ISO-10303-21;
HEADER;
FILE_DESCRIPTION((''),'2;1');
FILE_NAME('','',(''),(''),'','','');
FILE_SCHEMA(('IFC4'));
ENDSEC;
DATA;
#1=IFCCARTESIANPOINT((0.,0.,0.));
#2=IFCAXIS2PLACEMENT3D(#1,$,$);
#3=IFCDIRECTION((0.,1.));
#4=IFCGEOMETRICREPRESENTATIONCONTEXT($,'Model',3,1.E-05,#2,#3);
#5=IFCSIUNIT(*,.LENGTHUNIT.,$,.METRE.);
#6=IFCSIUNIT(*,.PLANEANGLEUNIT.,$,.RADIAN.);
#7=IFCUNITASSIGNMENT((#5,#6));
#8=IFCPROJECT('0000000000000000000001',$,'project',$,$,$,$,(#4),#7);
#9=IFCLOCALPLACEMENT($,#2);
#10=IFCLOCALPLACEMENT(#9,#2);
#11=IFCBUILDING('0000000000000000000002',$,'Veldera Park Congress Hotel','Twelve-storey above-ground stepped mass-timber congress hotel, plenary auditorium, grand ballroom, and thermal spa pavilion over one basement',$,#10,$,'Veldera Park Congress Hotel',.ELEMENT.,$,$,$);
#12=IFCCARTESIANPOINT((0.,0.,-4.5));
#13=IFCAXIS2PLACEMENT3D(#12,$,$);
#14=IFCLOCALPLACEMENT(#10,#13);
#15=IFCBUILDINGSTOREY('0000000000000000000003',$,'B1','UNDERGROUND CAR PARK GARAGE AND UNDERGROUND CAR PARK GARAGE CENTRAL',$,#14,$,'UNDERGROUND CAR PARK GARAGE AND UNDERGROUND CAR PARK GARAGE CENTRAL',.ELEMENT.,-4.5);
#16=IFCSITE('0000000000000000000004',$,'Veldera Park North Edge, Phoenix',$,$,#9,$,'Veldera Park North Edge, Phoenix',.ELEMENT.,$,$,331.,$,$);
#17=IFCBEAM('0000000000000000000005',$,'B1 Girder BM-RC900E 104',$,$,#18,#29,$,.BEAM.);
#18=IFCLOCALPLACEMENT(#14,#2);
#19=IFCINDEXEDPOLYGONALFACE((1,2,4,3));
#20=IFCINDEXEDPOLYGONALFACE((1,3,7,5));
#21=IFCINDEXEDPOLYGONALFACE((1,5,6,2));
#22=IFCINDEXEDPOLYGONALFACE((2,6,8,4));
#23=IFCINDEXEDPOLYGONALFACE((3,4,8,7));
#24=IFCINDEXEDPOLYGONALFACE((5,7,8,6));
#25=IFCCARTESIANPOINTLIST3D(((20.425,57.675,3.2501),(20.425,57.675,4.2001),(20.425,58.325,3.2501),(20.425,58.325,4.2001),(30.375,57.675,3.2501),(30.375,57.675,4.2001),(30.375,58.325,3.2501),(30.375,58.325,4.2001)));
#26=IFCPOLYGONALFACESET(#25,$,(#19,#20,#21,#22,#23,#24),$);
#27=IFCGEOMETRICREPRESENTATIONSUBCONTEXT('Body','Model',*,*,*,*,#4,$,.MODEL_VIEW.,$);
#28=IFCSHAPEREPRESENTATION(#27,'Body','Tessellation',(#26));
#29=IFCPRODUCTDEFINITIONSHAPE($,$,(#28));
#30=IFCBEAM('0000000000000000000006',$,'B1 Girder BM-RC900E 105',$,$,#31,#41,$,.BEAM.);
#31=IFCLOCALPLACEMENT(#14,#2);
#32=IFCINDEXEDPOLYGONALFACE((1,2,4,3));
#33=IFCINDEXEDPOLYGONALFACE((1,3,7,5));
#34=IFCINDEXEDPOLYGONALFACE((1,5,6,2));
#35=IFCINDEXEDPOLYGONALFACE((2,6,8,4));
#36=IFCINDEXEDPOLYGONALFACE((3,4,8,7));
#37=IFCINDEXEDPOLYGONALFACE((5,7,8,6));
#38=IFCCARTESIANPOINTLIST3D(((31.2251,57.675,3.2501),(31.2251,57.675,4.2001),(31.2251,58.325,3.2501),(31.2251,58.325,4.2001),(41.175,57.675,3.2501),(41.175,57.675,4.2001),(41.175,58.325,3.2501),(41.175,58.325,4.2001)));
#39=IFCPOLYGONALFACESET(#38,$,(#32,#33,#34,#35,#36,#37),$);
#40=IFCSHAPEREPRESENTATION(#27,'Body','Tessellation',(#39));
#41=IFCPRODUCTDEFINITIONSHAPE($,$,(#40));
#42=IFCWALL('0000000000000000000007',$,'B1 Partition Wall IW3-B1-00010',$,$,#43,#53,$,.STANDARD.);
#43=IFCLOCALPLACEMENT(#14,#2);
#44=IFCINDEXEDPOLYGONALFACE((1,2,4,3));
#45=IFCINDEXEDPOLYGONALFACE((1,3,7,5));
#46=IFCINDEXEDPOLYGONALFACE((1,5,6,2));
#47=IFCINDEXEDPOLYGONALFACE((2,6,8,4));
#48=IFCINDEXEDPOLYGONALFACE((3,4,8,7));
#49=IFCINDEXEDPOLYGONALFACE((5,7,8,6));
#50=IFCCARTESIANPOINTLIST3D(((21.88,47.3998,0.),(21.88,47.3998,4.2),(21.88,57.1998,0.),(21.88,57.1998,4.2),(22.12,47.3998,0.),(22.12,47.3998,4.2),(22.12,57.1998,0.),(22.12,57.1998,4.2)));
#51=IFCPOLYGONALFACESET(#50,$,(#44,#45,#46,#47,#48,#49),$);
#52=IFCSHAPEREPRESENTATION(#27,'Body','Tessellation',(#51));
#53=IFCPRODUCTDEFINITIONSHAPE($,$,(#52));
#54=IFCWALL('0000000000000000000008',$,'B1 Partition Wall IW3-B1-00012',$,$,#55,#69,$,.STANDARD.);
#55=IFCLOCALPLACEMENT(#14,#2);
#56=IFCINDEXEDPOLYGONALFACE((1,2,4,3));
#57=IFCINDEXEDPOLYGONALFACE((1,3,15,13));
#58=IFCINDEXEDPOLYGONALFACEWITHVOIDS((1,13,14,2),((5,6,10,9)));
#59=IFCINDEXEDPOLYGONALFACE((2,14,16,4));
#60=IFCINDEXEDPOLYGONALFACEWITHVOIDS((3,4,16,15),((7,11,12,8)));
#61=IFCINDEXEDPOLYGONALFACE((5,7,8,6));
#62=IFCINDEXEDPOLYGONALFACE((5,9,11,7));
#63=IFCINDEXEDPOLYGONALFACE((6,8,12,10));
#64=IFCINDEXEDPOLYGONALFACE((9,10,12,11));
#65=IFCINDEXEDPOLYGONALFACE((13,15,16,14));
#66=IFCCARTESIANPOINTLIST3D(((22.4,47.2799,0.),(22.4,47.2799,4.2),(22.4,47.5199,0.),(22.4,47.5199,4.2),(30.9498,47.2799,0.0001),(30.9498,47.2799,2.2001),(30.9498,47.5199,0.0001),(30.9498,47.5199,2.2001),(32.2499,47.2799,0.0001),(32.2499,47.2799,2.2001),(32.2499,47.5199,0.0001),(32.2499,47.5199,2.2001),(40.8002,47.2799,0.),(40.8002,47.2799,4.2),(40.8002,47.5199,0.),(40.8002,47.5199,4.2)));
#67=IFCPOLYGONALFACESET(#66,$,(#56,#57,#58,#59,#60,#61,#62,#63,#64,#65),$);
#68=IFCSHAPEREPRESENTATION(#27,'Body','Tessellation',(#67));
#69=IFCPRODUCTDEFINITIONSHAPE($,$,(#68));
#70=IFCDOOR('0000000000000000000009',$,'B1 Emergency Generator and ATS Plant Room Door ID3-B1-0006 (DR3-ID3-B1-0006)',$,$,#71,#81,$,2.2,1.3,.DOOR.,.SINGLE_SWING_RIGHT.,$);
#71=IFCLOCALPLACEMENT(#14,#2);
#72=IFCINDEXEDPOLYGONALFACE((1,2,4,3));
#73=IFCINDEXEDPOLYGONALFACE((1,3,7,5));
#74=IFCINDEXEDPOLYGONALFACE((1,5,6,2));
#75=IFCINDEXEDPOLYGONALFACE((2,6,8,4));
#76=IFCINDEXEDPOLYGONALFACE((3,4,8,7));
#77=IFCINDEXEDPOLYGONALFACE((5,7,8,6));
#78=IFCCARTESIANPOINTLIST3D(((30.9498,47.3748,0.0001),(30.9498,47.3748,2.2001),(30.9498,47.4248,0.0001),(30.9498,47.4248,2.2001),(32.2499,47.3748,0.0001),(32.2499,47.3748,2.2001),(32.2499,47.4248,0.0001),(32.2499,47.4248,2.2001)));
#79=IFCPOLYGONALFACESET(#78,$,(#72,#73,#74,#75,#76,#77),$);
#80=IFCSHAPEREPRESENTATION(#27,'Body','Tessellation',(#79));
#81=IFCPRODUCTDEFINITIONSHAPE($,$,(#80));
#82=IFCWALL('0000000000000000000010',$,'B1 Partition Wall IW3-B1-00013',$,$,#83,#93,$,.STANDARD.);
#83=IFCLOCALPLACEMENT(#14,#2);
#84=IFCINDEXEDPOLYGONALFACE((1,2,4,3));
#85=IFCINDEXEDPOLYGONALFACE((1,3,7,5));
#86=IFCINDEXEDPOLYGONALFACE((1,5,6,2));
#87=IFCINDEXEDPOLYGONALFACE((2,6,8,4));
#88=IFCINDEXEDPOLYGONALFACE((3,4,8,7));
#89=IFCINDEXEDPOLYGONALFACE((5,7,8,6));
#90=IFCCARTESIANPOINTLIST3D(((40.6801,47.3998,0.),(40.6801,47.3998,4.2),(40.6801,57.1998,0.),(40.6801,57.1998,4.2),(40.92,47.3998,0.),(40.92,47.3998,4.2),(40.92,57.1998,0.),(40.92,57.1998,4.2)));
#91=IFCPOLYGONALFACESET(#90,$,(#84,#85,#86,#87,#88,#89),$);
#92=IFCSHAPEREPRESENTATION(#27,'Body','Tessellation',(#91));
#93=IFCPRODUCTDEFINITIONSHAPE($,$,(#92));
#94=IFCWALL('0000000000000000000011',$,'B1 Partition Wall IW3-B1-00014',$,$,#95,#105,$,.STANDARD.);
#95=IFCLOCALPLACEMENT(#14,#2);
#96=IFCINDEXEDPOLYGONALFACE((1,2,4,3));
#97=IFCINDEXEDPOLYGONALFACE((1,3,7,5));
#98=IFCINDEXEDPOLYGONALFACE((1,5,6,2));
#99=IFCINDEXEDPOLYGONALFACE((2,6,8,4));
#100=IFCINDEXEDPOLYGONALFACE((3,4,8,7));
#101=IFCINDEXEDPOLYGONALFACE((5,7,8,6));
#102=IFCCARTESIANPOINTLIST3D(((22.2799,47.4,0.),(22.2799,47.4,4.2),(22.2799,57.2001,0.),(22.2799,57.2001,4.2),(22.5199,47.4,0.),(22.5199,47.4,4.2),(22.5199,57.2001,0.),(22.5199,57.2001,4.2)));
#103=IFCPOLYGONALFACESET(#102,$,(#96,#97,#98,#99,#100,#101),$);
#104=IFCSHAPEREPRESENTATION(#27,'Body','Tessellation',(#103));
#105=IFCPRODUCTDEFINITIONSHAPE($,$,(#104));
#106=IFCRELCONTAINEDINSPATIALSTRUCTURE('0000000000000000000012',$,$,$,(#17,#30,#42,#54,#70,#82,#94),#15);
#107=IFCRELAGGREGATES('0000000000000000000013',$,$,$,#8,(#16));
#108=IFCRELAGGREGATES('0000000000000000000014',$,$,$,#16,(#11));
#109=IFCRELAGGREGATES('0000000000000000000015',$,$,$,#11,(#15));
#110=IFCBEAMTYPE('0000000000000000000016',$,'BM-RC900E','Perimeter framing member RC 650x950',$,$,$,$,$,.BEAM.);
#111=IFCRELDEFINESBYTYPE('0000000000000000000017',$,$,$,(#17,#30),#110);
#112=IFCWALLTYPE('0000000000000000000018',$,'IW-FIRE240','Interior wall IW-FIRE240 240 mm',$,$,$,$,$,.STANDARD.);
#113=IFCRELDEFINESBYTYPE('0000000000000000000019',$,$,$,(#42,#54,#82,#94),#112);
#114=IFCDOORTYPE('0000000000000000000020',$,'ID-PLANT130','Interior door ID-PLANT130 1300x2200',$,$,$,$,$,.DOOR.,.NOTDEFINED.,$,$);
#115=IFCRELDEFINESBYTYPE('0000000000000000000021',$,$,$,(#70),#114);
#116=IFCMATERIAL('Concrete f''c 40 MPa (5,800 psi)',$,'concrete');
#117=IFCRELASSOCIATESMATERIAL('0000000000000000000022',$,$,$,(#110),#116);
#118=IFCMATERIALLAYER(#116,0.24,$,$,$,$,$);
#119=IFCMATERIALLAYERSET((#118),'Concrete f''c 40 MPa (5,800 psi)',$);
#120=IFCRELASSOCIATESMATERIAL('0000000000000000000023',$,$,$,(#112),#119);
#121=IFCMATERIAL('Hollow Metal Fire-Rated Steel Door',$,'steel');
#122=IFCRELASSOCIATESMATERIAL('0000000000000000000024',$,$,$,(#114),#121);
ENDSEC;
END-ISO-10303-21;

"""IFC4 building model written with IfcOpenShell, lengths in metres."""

from ifc_helpers import new_model, si_unit, direction, frame, frame_2d, origin, origin_2d, place, context, subcontext, project, spatial, rectangle, extrude, material, layer, layer_set, material_profile, profile_set, type_object, element, fill, save


model = new_model("IFC4")

# Units and contexts
model_context = context("Model", 3, precision=1e-05, world=origin(), true_north=direction((0.0, 1.0)))
body_context = subcontext(model_context, "Body", "Model", "MODEL_VIEW")
ifc_project = project(units=[si_unit("LENGTHUNIT", "METRE"), si_unit("PLANEANGLEUNIT", "RADIAN")], contexts=[model_context])

# Site, building, storey
site_placement = place(None, origin())
site = spatial("IfcSite", under=ifc_project, at=site_placement, Name="Veldera Park North Edge, Phoenix", LongName="Veldera Park North Edge, Phoenix", CompositionType="ELEMENT", RefElevation=331.0)
building_placement = place(site_placement, origin())
building = spatial("IfcBuilding", under=site, at=building_placement, Name="Veldera Park Congress Hotel", Description="Twelve-storey above-ground stepped mass-timber congress hotel, plenary auditorium, grand ballroom, and thermal spa pavilion over one basement", LongName="Veldera Park Congress Hotel", CompositionType="ELEMENT")
storey_placement = place(building_placement, frame((0.0, 0.0, -4.5)))
storey = spatial("IfcBuildingStorey", under=building, at=storey_placement, Name="B1", Description="UNDERGROUND CAR PARK GARAGE AND UNDERGROUND CAR PARK GARAGE CENTRAL", LongName="UNDERGROUND CAR PARK GARAGE AND UNDERGROUND CAR PARK GARAGE CENTRAL", CompositionType="ELEMENT", Elevation=-4.5)

# Shared definitions
ifc_material_1 = material(Name="Concrete f'c 40 MPa (5,800 psi)", Category="concrete")

# Beams
ifc_material_profile_1 = material_profile(ifc_material_1, rectangle(XDim=0.6499, YDim=0.95, at=origin_2d()), Name="RC 650x950")
ifc_profile_set_1 = profile_set([ifc_material_profile_1], Name="Concrete f'c 40 MPa (5,800 psi)")
beam_type = type_object("IfcBeamType", Name="BM-RC900E", Description="Perimeter framing member RC 650x950", PredefinedType="BEAM", material=ifc_profile_set_1)
for number, where, z_axis, x_axis, name in (
    (1, (20.425, 58.0, 3.7251), (1.0, 0.0, 0.0), (0.0, 1.0, 0.0), "B1 Girder BM-RC900E 104"),
    (2, (31.2251, 58.0, 3.7251), (1.0, 0.0, 0.0), (0.0, 1.0, 0.0), "B1 Girder BM-RC900E 105"),
):
    element("IfcBeam", number, at=place(storey_placement, frame(where, z_axis=z_axis, x_axis=x_axis)), inside=storey, type_object=beam_type, Name=name, PredefinedType="BEAM", context=body_context, shape_type="SweptSolid", body=[
        extrude(rectangle(XDim=0.6499, YDim=0.95, at=origin_2d()), origin(), (0.0, 0.0, 1.0), 9.95),
    ])

# Wall
ifc_layer = layer(ifc_material_1, 0.24)
ifc_layer_set = layer_set([ifc_layer], Name="Concrete f'c 40 MPa (5,800 psi)")
wall_type = type_object("IfcWallType", Name="IW-FIRE240", Description="Interior wall IW-FIRE240 240 mm", PredefinedType="STANDARD", material=ifc_layer_set)
wall_1_placement = place(storey_placement, frame((22.0, 47.3999, 0.0), z_axis=(0.0, 0.0, 1.0), x_axis=(0.0, 1.0, 0.0)))
element("IfcWall", 3, at=wall_1_placement, inside=storey, type_object=wall_type, Name="B1 Partition Wall IW3-B1-00010", PredefinedType="STANDARD", context=body_context, shape_type="SweptSolid", body=[
    extrude(rectangle(XDim=9.8, YDim=0.24, at=frame_2d((4.8999, 0.0))), origin(), (0.0, 0.0, 1.0), 4.2),
])

# Wall, opening, door
wall_2_placement = place(storey_placement, frame((22.3999, 47.3999, 0.0), z_axis=(0.0, 0.0, 1.0), x_axis=(1.0, 0.0, 0.0)))
wall_2 = element("IfcWall", 4, at=wall_2_placement, inside=storey, type_object=wall_type, Name="B1 Partition Wall IW3-B1-00012", PredefinedType="STANDARD", context=body_context, shape_type="SweptSolid", body=[
    extrude(rectangle(XDim=18.4001, YDim=0.24, at=frame_2d((9.2002, 0.0))), origin(), (0.0, 0.0, 1.0), 4.2),
])
opening_placement = place(wall_2_placement, frame((8.55, 0.0, 0.0)))
opening = element("IfcOpeningElement", 5, at=opening_placement, cuts=wall_2, PredefinedType="OPENING", context=body_context, shape_type="SweptSolid", body=[
    extrude(rectangle(XDim=1.3, YDim=2.2, at=frame_2d((0.6499, 1.1001))), frame((0.0, 0.1321, 0.0), z_axis=(0.0, -1.0, 0.0), x_axis=(1.0, 0.0, 0.0)), (0.0, 0.0, 1.0), 0.2639),
])
ifc_material_2 = material(Name="Hollow Metal Fire-Rated Steel Door", Category="steel")
door_type = type_object("IfcDoorType", Name="ID-PLANT130", Description="Interior door ID-PLANT130 1300x2200", OperationType="NOTDEFINED", PredefinedType="DOOR", material=ifc_material_2)
door_placement = place(opening_placement, origin())
door = element("IfcDoor", 6, at=door_placement, inside=storey, type_object=door_type, Name="B1 Emergency Generator and ATS Plant Room Door ID3-B1-0006 (DR3-ID3-B1-0006)", OperationType="SINGLE_SWING_RIGHT", OverallHeight=2.2, OverallWidth=1.3, PredefinedType="DOOR", context=body_context, shape_type="SweptSolid", body=[
    extrude(rectangle(XDim=1.3, YDim=2.2, at=frame_2d((0.6499, 1.1001))), frame((0.0, 0.0249, 0.0), z_axis=(0.0, -1.0, 0.0), x_axis=(1.0, 0.0, 0.0)), (0.0, 0.0, 1.0), 0.05),
])
fill(opening, door)

# Walls
for number, where, z_axis, x_axis, name in (
    (7, (40.8, 47.3999, 0.0), (0.0, 0.0, 1.0), (0.0, 1.0, 0.0), "B1 Partition Wall IW3-B1-00013"),
    (8, (22.3999, 57.2, 0.0), (0.0, 0.0, 1.0), (0.0, -1.0, 0.0), "B1 Partition Wall IW3-B1-00014"),
):
    element("IfcWall", number, at=place(storey_placement, frame(where, z_axis=z_axis, x_axis=x_axis)), inside=storey, type_object=wall_type, Name=name, PredefinedType="STANDARD", context=body_context, shape_type="SweptSolid", body=[
        extrude(rectangle(XDim=9.8, YDim=0.24, at=frame_2d((4.8999, 0.0))), origin(), (0.0, 0.0, 1.0), 4.2),
    ])

save(model, "model.ifc")
